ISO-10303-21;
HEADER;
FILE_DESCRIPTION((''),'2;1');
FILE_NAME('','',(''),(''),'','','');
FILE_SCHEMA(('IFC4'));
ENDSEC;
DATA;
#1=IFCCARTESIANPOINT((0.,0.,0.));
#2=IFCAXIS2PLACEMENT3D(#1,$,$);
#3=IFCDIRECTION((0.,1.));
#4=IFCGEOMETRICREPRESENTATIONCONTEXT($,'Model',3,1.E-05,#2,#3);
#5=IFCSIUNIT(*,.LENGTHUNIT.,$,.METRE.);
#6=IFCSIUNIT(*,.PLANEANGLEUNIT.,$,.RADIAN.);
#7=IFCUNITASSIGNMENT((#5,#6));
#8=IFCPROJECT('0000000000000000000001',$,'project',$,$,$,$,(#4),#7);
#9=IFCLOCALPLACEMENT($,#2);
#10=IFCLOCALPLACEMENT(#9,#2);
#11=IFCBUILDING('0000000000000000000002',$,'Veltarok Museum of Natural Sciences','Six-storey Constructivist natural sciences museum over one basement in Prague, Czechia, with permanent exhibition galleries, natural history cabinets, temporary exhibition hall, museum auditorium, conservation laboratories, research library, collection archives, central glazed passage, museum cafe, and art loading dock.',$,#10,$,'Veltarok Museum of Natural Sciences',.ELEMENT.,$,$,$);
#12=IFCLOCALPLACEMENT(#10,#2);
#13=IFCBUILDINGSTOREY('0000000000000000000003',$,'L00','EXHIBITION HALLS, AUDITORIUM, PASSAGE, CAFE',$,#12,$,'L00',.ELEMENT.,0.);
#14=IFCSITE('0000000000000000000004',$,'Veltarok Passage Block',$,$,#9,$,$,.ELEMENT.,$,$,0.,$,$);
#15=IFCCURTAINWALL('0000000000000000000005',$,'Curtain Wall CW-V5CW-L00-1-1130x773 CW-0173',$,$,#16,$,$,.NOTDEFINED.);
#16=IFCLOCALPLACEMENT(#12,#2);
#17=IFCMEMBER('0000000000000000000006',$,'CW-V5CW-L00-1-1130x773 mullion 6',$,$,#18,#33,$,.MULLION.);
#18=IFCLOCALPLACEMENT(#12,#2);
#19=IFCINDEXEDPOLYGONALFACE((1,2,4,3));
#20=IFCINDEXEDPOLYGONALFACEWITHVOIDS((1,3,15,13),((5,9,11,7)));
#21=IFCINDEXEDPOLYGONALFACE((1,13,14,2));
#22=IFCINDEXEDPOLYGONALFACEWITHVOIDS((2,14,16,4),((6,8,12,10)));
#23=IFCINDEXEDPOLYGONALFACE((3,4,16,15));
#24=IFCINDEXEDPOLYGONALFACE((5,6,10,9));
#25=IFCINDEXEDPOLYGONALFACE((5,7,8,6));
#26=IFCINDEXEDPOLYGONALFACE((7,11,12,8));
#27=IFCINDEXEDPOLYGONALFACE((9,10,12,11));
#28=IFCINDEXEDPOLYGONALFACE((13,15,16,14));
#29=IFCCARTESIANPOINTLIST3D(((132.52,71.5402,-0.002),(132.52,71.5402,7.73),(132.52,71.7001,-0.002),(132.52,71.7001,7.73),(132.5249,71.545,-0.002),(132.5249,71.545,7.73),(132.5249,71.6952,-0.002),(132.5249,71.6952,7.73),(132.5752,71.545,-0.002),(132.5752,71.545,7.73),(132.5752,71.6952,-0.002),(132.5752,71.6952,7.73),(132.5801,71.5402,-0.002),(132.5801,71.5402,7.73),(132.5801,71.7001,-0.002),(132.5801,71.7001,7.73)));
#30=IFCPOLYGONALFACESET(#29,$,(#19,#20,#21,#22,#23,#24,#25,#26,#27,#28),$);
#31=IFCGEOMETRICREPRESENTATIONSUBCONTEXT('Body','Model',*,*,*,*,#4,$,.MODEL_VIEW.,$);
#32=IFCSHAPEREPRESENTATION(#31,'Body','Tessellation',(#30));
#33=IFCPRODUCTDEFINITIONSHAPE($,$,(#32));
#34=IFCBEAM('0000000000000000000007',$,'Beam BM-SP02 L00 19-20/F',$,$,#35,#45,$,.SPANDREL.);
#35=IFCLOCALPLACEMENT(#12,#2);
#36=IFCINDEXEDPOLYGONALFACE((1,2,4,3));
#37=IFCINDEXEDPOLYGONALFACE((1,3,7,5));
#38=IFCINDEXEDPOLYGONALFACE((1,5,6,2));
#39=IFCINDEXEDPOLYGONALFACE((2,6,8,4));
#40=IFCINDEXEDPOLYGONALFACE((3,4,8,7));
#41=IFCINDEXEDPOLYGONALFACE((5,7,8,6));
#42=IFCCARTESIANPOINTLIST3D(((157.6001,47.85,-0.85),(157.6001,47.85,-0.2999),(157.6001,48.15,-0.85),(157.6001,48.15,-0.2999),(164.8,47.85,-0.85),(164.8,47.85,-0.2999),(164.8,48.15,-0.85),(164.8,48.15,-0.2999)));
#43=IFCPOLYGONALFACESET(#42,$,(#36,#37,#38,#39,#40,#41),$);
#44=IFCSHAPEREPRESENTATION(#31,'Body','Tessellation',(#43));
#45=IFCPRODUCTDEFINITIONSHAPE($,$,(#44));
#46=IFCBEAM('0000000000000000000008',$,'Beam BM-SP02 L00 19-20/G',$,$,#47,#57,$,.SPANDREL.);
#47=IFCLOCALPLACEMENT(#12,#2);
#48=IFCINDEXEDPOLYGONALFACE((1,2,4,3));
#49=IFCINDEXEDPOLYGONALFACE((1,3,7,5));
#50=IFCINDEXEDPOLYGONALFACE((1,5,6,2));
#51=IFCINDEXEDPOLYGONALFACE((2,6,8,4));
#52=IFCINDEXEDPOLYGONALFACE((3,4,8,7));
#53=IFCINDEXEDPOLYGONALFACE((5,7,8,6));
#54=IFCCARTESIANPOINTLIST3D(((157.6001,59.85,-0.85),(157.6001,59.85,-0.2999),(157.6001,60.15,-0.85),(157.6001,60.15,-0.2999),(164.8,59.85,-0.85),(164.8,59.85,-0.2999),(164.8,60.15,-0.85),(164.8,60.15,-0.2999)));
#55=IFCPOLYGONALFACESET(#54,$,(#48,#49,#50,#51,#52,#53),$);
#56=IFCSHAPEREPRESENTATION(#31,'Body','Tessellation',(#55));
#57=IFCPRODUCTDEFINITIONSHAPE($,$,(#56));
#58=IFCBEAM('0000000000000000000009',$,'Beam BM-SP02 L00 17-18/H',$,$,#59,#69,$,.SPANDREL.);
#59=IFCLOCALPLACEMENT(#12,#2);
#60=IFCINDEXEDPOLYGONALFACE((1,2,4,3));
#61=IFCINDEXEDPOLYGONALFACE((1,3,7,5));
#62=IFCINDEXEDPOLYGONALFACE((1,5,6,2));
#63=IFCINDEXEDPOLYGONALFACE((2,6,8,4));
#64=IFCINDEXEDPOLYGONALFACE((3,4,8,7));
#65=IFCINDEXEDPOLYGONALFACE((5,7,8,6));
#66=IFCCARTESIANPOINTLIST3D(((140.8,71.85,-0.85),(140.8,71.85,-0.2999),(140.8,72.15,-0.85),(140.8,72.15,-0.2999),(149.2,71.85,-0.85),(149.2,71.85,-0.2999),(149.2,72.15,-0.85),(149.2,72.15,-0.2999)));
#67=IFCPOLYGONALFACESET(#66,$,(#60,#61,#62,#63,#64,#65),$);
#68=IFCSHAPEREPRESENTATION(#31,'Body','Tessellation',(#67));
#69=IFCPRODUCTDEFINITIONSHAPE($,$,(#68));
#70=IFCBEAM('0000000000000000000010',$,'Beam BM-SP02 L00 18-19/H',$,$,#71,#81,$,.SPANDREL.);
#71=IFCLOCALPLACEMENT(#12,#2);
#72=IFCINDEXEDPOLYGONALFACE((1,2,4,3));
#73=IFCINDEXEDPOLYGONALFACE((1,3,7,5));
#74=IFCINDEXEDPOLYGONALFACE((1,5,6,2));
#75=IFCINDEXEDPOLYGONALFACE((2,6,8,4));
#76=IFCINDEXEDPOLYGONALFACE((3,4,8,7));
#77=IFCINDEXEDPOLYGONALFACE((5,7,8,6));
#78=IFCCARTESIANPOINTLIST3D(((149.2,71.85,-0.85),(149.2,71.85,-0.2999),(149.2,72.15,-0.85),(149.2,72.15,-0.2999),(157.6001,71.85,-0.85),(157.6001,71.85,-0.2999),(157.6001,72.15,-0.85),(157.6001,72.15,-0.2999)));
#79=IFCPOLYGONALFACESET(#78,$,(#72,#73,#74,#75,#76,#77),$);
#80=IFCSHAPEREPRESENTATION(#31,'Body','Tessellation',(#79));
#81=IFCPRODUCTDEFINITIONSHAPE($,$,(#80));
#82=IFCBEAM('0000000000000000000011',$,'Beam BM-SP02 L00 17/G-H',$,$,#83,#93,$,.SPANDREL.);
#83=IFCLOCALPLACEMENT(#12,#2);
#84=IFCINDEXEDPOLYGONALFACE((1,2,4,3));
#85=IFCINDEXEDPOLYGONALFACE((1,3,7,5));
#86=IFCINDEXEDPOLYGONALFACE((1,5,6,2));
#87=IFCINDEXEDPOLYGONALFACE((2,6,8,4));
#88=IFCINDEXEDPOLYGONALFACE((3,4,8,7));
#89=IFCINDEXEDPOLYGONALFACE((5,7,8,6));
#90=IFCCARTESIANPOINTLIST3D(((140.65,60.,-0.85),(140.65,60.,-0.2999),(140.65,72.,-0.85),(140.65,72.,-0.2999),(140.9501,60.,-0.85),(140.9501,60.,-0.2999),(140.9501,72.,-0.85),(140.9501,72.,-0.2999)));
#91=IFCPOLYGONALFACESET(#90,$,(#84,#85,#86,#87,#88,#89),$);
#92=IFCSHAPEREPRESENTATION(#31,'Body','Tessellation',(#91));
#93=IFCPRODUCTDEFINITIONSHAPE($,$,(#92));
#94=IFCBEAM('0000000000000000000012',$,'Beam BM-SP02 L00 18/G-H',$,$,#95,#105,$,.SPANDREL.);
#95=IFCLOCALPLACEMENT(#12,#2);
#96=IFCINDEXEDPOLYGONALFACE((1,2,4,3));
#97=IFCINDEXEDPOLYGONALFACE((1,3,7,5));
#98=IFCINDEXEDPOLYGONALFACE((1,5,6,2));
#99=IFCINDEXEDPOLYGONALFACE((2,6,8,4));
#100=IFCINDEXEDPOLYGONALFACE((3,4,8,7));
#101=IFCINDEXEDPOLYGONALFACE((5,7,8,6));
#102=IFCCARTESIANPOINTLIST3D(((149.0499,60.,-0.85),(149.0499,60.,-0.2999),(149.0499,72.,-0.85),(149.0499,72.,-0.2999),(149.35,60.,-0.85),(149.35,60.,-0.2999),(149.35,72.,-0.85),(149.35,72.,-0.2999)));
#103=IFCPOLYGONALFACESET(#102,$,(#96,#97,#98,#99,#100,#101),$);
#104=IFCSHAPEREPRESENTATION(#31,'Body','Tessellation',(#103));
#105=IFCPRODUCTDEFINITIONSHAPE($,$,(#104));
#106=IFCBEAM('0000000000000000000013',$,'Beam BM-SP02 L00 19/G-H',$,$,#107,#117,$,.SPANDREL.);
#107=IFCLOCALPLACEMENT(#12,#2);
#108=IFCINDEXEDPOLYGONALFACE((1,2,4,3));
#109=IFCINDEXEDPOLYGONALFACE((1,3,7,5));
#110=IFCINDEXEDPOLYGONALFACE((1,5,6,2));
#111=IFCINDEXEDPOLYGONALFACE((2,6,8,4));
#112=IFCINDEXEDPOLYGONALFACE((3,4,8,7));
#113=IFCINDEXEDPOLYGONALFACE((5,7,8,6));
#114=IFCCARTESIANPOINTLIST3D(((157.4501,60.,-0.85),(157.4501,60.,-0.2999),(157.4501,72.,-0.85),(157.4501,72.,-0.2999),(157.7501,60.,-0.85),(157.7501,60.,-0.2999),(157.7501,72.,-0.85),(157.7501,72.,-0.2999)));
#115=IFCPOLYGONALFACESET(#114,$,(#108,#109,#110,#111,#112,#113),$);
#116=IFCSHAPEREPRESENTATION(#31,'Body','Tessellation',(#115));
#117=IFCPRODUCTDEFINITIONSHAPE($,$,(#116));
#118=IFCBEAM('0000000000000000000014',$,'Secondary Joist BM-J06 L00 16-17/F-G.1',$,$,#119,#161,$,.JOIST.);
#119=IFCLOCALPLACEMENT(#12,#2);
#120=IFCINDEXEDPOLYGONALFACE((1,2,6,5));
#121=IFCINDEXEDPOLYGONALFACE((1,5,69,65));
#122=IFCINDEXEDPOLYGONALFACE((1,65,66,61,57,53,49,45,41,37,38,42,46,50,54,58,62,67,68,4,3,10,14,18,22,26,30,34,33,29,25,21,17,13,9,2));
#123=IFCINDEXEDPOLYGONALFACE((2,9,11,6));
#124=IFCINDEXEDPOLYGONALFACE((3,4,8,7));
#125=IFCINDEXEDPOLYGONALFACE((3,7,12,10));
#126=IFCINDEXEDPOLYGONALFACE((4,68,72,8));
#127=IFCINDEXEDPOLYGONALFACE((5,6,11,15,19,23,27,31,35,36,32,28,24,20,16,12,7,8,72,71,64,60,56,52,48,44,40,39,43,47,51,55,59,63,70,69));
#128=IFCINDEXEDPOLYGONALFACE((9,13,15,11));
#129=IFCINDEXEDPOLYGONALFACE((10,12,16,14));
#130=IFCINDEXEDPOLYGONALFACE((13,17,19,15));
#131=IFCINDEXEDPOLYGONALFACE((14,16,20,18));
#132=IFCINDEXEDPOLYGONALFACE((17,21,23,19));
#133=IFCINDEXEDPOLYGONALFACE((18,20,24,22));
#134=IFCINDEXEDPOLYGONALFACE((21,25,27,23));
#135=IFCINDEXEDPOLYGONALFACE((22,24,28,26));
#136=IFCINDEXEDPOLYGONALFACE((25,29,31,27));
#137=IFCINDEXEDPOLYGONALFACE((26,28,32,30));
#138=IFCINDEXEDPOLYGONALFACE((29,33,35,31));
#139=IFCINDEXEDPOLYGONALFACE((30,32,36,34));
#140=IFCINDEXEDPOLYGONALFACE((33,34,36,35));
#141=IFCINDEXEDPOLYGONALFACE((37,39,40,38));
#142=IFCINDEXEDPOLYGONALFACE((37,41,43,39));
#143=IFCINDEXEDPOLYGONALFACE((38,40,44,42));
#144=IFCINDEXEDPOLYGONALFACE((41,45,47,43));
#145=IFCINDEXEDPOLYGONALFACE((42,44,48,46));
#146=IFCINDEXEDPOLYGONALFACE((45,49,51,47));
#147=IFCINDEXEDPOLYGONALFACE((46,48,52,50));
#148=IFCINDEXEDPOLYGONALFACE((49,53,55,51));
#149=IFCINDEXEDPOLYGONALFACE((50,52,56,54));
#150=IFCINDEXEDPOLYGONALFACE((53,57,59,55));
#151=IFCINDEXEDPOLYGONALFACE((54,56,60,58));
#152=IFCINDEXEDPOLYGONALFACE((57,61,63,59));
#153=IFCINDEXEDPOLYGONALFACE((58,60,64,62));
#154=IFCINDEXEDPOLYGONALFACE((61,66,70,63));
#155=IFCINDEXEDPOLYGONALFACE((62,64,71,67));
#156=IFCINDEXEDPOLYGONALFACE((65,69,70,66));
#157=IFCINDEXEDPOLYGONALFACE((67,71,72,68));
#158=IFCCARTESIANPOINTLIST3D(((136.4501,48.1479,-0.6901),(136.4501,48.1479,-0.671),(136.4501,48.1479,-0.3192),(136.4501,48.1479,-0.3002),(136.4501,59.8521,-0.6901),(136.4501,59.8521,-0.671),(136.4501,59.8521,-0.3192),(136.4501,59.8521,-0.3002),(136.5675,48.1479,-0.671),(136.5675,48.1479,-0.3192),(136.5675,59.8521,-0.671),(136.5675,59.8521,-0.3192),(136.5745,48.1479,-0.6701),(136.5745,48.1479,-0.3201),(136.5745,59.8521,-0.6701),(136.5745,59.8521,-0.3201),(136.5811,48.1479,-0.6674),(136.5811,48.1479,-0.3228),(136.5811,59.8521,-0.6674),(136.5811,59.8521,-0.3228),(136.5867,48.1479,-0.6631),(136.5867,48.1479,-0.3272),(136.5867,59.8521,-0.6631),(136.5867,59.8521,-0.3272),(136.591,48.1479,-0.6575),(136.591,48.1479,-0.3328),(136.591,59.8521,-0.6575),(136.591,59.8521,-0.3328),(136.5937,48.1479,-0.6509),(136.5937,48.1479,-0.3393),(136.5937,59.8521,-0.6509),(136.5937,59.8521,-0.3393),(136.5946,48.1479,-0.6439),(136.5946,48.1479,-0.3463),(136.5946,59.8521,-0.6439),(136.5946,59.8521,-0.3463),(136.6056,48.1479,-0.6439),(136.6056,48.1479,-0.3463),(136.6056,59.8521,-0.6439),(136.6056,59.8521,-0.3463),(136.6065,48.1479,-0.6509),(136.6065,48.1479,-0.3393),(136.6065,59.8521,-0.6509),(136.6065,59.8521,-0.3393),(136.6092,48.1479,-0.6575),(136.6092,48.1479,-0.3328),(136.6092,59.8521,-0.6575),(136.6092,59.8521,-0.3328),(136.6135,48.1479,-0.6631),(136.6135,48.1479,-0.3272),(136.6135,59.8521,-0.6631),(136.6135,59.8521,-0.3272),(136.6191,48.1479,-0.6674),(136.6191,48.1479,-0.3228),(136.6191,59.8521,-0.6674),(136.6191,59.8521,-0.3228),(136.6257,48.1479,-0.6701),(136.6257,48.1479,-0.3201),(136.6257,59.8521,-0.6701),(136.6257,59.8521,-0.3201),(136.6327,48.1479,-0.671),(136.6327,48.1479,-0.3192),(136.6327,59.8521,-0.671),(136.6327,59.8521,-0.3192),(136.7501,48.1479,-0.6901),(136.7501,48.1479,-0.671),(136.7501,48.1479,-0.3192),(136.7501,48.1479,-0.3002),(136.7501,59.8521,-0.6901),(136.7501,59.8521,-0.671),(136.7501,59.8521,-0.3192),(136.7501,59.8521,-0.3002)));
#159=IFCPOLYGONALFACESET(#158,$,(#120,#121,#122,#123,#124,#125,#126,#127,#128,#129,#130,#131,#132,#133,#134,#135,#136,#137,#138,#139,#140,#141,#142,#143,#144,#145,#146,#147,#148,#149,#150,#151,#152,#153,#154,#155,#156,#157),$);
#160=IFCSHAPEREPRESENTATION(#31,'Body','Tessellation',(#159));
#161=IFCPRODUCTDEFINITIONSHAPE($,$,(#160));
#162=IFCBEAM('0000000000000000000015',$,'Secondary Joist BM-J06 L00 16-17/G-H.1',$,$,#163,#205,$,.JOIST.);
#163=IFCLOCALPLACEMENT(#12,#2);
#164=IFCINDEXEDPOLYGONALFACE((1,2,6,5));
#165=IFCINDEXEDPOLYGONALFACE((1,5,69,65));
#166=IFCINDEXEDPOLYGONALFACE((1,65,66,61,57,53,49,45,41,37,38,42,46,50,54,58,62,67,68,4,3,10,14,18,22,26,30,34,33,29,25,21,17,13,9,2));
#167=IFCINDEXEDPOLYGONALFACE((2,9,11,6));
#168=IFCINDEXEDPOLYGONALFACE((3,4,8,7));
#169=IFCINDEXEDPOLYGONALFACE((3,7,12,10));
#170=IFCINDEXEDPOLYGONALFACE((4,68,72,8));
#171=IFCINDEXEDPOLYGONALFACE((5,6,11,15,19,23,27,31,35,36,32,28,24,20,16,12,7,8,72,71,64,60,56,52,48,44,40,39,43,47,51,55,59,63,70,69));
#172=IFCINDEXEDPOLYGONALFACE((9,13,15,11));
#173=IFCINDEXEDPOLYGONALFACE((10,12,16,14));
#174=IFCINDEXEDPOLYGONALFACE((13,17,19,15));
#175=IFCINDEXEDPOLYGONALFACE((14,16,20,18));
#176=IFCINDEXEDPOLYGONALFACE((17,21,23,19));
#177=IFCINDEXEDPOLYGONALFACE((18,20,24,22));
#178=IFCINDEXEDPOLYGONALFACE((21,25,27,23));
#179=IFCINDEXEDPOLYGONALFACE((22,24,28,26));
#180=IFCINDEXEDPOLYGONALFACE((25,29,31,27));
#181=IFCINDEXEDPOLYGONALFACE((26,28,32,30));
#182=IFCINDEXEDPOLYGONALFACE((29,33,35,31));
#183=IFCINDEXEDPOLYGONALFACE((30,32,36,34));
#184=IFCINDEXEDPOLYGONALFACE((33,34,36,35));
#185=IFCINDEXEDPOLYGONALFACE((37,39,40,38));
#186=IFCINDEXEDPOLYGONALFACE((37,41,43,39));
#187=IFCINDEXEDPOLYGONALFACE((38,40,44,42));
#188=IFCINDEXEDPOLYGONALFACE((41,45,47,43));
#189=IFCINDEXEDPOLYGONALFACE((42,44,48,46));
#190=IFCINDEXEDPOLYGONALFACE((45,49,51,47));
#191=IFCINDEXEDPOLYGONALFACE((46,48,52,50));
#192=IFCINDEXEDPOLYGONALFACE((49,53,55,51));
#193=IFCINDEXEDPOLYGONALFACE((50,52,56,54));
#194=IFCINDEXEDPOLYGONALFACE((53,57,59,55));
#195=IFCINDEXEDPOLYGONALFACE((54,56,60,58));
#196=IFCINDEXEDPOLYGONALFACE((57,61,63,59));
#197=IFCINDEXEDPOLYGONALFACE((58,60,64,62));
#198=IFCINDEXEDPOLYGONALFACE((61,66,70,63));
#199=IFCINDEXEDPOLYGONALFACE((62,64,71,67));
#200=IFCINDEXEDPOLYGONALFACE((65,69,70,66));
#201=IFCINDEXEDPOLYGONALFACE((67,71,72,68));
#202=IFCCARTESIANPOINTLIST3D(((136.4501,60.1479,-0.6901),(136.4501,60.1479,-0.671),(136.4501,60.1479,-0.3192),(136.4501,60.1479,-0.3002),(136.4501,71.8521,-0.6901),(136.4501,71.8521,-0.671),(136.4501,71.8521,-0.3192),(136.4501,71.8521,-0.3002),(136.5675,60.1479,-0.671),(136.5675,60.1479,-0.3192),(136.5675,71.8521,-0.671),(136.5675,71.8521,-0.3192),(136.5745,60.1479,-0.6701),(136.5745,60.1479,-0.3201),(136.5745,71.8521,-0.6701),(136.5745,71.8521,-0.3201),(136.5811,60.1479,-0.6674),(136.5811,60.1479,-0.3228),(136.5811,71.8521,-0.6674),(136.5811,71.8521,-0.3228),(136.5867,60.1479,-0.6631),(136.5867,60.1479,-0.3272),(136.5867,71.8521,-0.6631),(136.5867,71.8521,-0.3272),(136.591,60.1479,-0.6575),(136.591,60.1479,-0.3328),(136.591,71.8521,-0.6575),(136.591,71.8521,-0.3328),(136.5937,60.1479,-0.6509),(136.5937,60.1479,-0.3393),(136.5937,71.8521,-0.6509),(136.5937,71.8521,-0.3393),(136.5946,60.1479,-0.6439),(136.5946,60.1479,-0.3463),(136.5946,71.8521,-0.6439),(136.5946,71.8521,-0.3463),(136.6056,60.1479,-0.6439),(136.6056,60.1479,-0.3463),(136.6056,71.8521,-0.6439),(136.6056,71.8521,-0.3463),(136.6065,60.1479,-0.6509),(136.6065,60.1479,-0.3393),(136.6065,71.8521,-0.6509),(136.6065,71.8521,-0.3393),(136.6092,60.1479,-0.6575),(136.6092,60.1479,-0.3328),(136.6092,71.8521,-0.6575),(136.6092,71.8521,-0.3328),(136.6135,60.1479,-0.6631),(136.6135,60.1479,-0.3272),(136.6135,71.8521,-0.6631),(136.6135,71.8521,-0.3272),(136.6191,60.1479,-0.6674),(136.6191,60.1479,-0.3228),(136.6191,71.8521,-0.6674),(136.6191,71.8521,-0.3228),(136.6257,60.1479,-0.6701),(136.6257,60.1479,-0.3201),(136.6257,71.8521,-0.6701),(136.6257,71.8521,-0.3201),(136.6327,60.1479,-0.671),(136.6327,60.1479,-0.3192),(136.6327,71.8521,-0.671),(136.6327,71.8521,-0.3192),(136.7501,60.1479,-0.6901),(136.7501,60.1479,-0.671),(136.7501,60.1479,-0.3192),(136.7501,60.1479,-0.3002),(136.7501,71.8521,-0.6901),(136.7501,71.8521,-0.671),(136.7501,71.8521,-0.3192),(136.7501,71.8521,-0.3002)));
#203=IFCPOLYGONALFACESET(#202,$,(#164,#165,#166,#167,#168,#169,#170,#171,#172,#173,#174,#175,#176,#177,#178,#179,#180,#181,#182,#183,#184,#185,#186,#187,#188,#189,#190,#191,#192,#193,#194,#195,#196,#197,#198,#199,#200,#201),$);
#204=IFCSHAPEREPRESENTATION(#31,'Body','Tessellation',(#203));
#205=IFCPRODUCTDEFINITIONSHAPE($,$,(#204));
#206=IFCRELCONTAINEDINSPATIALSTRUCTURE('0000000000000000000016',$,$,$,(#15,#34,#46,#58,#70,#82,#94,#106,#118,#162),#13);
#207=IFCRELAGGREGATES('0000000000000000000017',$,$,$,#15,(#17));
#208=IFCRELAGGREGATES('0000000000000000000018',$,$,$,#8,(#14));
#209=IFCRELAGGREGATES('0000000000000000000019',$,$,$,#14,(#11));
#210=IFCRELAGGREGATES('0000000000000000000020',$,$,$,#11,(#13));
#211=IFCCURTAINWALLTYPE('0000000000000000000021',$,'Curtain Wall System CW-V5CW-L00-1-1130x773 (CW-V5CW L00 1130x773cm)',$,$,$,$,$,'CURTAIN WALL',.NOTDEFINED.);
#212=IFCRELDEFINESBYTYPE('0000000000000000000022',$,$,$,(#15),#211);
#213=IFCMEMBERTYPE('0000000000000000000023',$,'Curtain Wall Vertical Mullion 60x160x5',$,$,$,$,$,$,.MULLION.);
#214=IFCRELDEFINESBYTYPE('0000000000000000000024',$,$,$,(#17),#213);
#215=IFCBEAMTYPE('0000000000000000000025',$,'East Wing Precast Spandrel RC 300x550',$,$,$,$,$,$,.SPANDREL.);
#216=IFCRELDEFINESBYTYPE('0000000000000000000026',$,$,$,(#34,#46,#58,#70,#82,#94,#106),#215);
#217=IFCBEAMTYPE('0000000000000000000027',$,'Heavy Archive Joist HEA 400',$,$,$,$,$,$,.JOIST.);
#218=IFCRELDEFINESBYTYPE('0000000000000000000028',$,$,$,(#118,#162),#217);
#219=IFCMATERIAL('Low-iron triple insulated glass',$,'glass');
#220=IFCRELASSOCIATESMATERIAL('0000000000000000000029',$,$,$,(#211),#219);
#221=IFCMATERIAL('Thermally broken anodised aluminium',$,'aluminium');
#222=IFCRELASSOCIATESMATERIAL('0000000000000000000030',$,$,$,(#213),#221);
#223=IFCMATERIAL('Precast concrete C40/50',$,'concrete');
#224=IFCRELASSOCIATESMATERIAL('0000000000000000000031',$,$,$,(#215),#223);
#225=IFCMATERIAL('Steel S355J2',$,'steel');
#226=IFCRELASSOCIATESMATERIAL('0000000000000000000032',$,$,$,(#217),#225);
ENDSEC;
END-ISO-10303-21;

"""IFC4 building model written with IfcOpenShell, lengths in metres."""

from ifc_helpers import new_model, si_unit, direction, frame, origin, origin_2d, place, context, subcontext, project, spatial, rectangle, hollow_rectangle, i_section, extrude, material, material_profile, profile_set, type_object, element, aggregate, save


model = new_model("IFC4")

# Units and contexts
model_context = context("Model", 3, precision=1e-05, world=origin(), true_north=direction((0.0, 1.0)))
body_context = subcontext(model_context, "Body", "Model", "MODEL_VIEW")
ifc_project = project(units=[si_unit("LENGTHUNIT", "METRE"), si_unit("PLANEANGLEUNIT", "RADIAN")], contexts=[model_context])

# Site, building, storey
site_placement = place(None, origin())
site = spatial("IfcSite", under=ifc_project, at=site_placement, Name="Veltarok Passage Block", CompositionType="ELEMENT", RefElevation=0.0)
building_placement = place(site_placement, origin())
building = spatial("IfcBuilding", under=site, at=building_placement, Name="Veltarok Museum of Natural Sciences", Description="Six-storey Constructivist natural sciences museum over one basement in Prague, Czechia, with permanent exhibition galleries, natural history cabinets, temporary exhibition hall, museum auditorium, conservation laboratories, research library, collection archives, central glazed passage, museum cafe, and art loading dock.", LongName="Veltarok Museum of Natural Sciences", CompositionType="ELEMENT")
storey_placement = place(building_placement, origin())
storey = spatial("IfcBuildingStorey", under=building, at=storey_placement, Name="L00", Description="EXHIBITION HALLS, AUDITORIUM, PASSAGE, CAFE", LongName="L00", CompositionType="ELEMENT", Elevation=0.0)

# Shared definitions
ifc_material_1 = material(Name="Steel S355J2", Category="steel")

# Curtain wall, member
ifc_material_2 = material(Name="Low-iron triple insulated glass", Category="glass")
curtain_wall_type = type_object("IfcCurtainWallType", Name="Curtain Wall System CW-V5CW-L00-1-1130x773 (CW-V5CW L00 1130x773cm)", ElementType="CURTAIN WALL", PredefinedType="NOTDEFINED", material=ifc_material_2)
curtain_wall_placement = place(storey_placement, origin())
curtain_wall = element("IfcCurtainWall", 1, at=curtain_wall_placement, inside=storey, type_object=curtain_wall_type, Name="Curtain Wall CW-V5CW-L00-1-1130x773 CW-0173", PredefinedType="NOTDEFINED")
ifc_material_3 = material(Name="Thermally broken anodised aluminium", Category="aluminium")
ifc_material_profile_1 = material_profile(ifc_material_3, hollow_rectangle(XDim=0.0601, YDim=0.1599, WallThickness=0.0049, at=origin_2d()), Name="CW MULLION 60x160x5")
ifc_profile_set_1 = profile_set([ifc_material_profile_1], Name="Thermally broken anodised aluminium")
member_type = type_object("IfcMemberType", Name="Curtain Wall Vertical Mullion 60x160x5", PredefinedType="MULLION", material=ifc_profile_set_1)
member_placement = place(storey_placement, frame((132.55, 71.6201, -0.002), z_axis=(0.0, 0.0, 1.0), x_axis=(-1.0, 0.0, 0.0)))
member = element("IfcMember", 2, at=member_placement, type_object=member_type, Name="CW-V5CW-L00-1-1130x773 mullion 6", PredefinedType="MULLION", context=body_context, shape_type="SweptSolid", body=[
    extrude(hollow_rectangle(XDim=0.0601, YDim=0.1599, WallThickness=0.0049, at=origin_2d()), origin(), (0.0, 0.0, 1.0), 7.7319),
])

# Beams
ifc_material_4 = material(Name="Precast concrete C40/50", Category="concrete")
ifc_material_profile_2 = material_profile(ifc_material_4, rectangle(XDim=0.3, YDim=0.55, at=origin_2d()), Name="RC 300x550")
ifc_profile_set_2 = profile_set([ifc_material_profile_2], Name="Precast concrete C40/50")
beam_type_1 = type_object("IfcBeamType", Name="East Wing Precast Spandrel RC 300x550", PredefinedType="SPANDREL", material=ifc_profile_set_2)
for number, where, z_axis, x_axis, name in (
    (3, (157.6001, 48.0, -0.575), (1.0, 0.0, 0.0), (0.0, 1.0, 0.0), "Beam BM-SP02 L00 19-20/F"),
    (4, (157.6001, 60.0, -0.575), (1.0, 0.0, 0.0), (0.0, 1.0, 0.0), "Beam BM-SP02 L00 19-20/G"),
):
    element("IfcBeam", number, at=place(storey_placement, frame(where, z_axis=z_axis, x_axis=x_axis)), inside=storey, type_object=beam_type_1, Name=name, PredefinedType="SPANDREL", context=body_context, shape_type="SweptSolid", body=[
        extrude(rectangle(XDim=0.3, YDim=0.55, at=origin_2d()), origin(), (0.0, 0.0, 1.0), 7.2),
    ])
beam_1_placement = place(storey_placement, frame((140.8, 72.0, -0.575), z_axis=(1.0, 0.0, 0.0), x_axis=(0.0, 1.0, 0.0)))
element("IfcBeam", 5, at=beam_1_placement, inside=storey, type_object=beam_type_1, Name="Beam BM-SP02 L00 17-18/H", PredefinedType="SPANDREL", context=body_context, shape_type="SweptSolid", body=[
    extrude(rectangle(XDim=0.3, YDim=0.55, at=origin_2d()), origin(), (0.0, 0.0, 1.0), 8.3999),
])
beam_2_placement = place(storey_placement, frame((149.2, 72.0, -0.575), z_axis=(1.0, 0.0, 0.0), x_axis=(0.0, 1.0, 0.0)))
element("IfcBeam", 6, at=beam_2_placement, inside=storey, type_object=beam_type_1, Name="Beam BM-SP02 L00 18-19/H", PredefinedType="SPANDREL", context=body_context, shape_type="SweptSolid", body=[
    extrude(rectangle(XDim=0.3, YDim=0.55, at=origin_2d()), origin(), (0.0, 0.0, 1.0), 8.4001),
])
for number, where, z_axis, x_axis, name in (
    (7, (140.8, 60.0, -0.575), (0.0, 1.0, 0.0), (-1.0, 0.0, 0.0), "Beam BM-SP02 L00 17/G-H"),
    (8, (149.2, 60.0, -0.575), (0.0, 1.0, 0.0), (-1.0, 0.0, 0.0), "Beam BM-SP02 L00 18/G-H"),
    (9, (157.6001, 60.0, -0.575), (0.0, 1.0, 0.0), (-1.0, 0.0, 0.0), "Beam BM-SP02 L00 19/G-H"),
):
    element("IfcBeam", number, at=place(storey_placement, frame(where, z_axis=z_axis, x_axis=x_axis)), inside=storey, type_object=beam_type_1, Name=name, PredefinedType="SPANDREL", context=body_context, shape_type="SweptSolid", body=[
        extrude(rectangle(XDim=0.3, YDim=0.55, at=origin_2d()), origin(), (0.0, 0.0, 1.0), 12.0),
    ])
ifc_material_profile_3 = material_profile(ifc_material_1, i_section(OverallWidth=0.3, OverallDepth=0.3899, WebThickness=0.011, FlangeThickness=0.019, FilletRadius=0.0271, at=origin_2d()), Name="HEA 400")
ifc_profile_set_3 = profile_set([ifc_material_profile_3], Name="Steel S355J2")
beam_type_2 = type_object("IfcBeamType", Name="Heavy Archive Joist HEA 400", PredefinedType="JOIST", material=ifc_profile_set_3)
for number, where, z_axis, x_axis, name in (
    (10, (136.6001, 48.1479, -0.4951), (0.0, 1.0, 0.0), (-1.0, 0.0, 0.0), "Secondary Joist BM-J06 L00 16-17/F-G.1"),
    (11, (136.6001, 60.1479, -0.4951), (0.0, 1.0, 0.0), (-1.0, 0.0, 0.0), "Secondary Joist BM-J06 L00 16-17/G-H.1"),
):
    element("IfcBeam", number, at=place(storey_placement, frame(where, z_axis=z_axis, x_axis=x_axis)), inside=storey, type_object=beam_type_2, Name=name, PredefinedType="JOIST", context=body_context, shape_type="SweptSolid", body=[
        extrude(i_section(OverallWidth=0.3, OverallDepth=0.3899, WebThickness=0.011, FlangeThickness=0.019, FilletRadius=0.0271, at=origin_2d()), origin(), (0.0, 0.0, 1.0), 11.7041),
    ])

aggregate(curtain_wall, [member])

save(model, "model.ifc")
